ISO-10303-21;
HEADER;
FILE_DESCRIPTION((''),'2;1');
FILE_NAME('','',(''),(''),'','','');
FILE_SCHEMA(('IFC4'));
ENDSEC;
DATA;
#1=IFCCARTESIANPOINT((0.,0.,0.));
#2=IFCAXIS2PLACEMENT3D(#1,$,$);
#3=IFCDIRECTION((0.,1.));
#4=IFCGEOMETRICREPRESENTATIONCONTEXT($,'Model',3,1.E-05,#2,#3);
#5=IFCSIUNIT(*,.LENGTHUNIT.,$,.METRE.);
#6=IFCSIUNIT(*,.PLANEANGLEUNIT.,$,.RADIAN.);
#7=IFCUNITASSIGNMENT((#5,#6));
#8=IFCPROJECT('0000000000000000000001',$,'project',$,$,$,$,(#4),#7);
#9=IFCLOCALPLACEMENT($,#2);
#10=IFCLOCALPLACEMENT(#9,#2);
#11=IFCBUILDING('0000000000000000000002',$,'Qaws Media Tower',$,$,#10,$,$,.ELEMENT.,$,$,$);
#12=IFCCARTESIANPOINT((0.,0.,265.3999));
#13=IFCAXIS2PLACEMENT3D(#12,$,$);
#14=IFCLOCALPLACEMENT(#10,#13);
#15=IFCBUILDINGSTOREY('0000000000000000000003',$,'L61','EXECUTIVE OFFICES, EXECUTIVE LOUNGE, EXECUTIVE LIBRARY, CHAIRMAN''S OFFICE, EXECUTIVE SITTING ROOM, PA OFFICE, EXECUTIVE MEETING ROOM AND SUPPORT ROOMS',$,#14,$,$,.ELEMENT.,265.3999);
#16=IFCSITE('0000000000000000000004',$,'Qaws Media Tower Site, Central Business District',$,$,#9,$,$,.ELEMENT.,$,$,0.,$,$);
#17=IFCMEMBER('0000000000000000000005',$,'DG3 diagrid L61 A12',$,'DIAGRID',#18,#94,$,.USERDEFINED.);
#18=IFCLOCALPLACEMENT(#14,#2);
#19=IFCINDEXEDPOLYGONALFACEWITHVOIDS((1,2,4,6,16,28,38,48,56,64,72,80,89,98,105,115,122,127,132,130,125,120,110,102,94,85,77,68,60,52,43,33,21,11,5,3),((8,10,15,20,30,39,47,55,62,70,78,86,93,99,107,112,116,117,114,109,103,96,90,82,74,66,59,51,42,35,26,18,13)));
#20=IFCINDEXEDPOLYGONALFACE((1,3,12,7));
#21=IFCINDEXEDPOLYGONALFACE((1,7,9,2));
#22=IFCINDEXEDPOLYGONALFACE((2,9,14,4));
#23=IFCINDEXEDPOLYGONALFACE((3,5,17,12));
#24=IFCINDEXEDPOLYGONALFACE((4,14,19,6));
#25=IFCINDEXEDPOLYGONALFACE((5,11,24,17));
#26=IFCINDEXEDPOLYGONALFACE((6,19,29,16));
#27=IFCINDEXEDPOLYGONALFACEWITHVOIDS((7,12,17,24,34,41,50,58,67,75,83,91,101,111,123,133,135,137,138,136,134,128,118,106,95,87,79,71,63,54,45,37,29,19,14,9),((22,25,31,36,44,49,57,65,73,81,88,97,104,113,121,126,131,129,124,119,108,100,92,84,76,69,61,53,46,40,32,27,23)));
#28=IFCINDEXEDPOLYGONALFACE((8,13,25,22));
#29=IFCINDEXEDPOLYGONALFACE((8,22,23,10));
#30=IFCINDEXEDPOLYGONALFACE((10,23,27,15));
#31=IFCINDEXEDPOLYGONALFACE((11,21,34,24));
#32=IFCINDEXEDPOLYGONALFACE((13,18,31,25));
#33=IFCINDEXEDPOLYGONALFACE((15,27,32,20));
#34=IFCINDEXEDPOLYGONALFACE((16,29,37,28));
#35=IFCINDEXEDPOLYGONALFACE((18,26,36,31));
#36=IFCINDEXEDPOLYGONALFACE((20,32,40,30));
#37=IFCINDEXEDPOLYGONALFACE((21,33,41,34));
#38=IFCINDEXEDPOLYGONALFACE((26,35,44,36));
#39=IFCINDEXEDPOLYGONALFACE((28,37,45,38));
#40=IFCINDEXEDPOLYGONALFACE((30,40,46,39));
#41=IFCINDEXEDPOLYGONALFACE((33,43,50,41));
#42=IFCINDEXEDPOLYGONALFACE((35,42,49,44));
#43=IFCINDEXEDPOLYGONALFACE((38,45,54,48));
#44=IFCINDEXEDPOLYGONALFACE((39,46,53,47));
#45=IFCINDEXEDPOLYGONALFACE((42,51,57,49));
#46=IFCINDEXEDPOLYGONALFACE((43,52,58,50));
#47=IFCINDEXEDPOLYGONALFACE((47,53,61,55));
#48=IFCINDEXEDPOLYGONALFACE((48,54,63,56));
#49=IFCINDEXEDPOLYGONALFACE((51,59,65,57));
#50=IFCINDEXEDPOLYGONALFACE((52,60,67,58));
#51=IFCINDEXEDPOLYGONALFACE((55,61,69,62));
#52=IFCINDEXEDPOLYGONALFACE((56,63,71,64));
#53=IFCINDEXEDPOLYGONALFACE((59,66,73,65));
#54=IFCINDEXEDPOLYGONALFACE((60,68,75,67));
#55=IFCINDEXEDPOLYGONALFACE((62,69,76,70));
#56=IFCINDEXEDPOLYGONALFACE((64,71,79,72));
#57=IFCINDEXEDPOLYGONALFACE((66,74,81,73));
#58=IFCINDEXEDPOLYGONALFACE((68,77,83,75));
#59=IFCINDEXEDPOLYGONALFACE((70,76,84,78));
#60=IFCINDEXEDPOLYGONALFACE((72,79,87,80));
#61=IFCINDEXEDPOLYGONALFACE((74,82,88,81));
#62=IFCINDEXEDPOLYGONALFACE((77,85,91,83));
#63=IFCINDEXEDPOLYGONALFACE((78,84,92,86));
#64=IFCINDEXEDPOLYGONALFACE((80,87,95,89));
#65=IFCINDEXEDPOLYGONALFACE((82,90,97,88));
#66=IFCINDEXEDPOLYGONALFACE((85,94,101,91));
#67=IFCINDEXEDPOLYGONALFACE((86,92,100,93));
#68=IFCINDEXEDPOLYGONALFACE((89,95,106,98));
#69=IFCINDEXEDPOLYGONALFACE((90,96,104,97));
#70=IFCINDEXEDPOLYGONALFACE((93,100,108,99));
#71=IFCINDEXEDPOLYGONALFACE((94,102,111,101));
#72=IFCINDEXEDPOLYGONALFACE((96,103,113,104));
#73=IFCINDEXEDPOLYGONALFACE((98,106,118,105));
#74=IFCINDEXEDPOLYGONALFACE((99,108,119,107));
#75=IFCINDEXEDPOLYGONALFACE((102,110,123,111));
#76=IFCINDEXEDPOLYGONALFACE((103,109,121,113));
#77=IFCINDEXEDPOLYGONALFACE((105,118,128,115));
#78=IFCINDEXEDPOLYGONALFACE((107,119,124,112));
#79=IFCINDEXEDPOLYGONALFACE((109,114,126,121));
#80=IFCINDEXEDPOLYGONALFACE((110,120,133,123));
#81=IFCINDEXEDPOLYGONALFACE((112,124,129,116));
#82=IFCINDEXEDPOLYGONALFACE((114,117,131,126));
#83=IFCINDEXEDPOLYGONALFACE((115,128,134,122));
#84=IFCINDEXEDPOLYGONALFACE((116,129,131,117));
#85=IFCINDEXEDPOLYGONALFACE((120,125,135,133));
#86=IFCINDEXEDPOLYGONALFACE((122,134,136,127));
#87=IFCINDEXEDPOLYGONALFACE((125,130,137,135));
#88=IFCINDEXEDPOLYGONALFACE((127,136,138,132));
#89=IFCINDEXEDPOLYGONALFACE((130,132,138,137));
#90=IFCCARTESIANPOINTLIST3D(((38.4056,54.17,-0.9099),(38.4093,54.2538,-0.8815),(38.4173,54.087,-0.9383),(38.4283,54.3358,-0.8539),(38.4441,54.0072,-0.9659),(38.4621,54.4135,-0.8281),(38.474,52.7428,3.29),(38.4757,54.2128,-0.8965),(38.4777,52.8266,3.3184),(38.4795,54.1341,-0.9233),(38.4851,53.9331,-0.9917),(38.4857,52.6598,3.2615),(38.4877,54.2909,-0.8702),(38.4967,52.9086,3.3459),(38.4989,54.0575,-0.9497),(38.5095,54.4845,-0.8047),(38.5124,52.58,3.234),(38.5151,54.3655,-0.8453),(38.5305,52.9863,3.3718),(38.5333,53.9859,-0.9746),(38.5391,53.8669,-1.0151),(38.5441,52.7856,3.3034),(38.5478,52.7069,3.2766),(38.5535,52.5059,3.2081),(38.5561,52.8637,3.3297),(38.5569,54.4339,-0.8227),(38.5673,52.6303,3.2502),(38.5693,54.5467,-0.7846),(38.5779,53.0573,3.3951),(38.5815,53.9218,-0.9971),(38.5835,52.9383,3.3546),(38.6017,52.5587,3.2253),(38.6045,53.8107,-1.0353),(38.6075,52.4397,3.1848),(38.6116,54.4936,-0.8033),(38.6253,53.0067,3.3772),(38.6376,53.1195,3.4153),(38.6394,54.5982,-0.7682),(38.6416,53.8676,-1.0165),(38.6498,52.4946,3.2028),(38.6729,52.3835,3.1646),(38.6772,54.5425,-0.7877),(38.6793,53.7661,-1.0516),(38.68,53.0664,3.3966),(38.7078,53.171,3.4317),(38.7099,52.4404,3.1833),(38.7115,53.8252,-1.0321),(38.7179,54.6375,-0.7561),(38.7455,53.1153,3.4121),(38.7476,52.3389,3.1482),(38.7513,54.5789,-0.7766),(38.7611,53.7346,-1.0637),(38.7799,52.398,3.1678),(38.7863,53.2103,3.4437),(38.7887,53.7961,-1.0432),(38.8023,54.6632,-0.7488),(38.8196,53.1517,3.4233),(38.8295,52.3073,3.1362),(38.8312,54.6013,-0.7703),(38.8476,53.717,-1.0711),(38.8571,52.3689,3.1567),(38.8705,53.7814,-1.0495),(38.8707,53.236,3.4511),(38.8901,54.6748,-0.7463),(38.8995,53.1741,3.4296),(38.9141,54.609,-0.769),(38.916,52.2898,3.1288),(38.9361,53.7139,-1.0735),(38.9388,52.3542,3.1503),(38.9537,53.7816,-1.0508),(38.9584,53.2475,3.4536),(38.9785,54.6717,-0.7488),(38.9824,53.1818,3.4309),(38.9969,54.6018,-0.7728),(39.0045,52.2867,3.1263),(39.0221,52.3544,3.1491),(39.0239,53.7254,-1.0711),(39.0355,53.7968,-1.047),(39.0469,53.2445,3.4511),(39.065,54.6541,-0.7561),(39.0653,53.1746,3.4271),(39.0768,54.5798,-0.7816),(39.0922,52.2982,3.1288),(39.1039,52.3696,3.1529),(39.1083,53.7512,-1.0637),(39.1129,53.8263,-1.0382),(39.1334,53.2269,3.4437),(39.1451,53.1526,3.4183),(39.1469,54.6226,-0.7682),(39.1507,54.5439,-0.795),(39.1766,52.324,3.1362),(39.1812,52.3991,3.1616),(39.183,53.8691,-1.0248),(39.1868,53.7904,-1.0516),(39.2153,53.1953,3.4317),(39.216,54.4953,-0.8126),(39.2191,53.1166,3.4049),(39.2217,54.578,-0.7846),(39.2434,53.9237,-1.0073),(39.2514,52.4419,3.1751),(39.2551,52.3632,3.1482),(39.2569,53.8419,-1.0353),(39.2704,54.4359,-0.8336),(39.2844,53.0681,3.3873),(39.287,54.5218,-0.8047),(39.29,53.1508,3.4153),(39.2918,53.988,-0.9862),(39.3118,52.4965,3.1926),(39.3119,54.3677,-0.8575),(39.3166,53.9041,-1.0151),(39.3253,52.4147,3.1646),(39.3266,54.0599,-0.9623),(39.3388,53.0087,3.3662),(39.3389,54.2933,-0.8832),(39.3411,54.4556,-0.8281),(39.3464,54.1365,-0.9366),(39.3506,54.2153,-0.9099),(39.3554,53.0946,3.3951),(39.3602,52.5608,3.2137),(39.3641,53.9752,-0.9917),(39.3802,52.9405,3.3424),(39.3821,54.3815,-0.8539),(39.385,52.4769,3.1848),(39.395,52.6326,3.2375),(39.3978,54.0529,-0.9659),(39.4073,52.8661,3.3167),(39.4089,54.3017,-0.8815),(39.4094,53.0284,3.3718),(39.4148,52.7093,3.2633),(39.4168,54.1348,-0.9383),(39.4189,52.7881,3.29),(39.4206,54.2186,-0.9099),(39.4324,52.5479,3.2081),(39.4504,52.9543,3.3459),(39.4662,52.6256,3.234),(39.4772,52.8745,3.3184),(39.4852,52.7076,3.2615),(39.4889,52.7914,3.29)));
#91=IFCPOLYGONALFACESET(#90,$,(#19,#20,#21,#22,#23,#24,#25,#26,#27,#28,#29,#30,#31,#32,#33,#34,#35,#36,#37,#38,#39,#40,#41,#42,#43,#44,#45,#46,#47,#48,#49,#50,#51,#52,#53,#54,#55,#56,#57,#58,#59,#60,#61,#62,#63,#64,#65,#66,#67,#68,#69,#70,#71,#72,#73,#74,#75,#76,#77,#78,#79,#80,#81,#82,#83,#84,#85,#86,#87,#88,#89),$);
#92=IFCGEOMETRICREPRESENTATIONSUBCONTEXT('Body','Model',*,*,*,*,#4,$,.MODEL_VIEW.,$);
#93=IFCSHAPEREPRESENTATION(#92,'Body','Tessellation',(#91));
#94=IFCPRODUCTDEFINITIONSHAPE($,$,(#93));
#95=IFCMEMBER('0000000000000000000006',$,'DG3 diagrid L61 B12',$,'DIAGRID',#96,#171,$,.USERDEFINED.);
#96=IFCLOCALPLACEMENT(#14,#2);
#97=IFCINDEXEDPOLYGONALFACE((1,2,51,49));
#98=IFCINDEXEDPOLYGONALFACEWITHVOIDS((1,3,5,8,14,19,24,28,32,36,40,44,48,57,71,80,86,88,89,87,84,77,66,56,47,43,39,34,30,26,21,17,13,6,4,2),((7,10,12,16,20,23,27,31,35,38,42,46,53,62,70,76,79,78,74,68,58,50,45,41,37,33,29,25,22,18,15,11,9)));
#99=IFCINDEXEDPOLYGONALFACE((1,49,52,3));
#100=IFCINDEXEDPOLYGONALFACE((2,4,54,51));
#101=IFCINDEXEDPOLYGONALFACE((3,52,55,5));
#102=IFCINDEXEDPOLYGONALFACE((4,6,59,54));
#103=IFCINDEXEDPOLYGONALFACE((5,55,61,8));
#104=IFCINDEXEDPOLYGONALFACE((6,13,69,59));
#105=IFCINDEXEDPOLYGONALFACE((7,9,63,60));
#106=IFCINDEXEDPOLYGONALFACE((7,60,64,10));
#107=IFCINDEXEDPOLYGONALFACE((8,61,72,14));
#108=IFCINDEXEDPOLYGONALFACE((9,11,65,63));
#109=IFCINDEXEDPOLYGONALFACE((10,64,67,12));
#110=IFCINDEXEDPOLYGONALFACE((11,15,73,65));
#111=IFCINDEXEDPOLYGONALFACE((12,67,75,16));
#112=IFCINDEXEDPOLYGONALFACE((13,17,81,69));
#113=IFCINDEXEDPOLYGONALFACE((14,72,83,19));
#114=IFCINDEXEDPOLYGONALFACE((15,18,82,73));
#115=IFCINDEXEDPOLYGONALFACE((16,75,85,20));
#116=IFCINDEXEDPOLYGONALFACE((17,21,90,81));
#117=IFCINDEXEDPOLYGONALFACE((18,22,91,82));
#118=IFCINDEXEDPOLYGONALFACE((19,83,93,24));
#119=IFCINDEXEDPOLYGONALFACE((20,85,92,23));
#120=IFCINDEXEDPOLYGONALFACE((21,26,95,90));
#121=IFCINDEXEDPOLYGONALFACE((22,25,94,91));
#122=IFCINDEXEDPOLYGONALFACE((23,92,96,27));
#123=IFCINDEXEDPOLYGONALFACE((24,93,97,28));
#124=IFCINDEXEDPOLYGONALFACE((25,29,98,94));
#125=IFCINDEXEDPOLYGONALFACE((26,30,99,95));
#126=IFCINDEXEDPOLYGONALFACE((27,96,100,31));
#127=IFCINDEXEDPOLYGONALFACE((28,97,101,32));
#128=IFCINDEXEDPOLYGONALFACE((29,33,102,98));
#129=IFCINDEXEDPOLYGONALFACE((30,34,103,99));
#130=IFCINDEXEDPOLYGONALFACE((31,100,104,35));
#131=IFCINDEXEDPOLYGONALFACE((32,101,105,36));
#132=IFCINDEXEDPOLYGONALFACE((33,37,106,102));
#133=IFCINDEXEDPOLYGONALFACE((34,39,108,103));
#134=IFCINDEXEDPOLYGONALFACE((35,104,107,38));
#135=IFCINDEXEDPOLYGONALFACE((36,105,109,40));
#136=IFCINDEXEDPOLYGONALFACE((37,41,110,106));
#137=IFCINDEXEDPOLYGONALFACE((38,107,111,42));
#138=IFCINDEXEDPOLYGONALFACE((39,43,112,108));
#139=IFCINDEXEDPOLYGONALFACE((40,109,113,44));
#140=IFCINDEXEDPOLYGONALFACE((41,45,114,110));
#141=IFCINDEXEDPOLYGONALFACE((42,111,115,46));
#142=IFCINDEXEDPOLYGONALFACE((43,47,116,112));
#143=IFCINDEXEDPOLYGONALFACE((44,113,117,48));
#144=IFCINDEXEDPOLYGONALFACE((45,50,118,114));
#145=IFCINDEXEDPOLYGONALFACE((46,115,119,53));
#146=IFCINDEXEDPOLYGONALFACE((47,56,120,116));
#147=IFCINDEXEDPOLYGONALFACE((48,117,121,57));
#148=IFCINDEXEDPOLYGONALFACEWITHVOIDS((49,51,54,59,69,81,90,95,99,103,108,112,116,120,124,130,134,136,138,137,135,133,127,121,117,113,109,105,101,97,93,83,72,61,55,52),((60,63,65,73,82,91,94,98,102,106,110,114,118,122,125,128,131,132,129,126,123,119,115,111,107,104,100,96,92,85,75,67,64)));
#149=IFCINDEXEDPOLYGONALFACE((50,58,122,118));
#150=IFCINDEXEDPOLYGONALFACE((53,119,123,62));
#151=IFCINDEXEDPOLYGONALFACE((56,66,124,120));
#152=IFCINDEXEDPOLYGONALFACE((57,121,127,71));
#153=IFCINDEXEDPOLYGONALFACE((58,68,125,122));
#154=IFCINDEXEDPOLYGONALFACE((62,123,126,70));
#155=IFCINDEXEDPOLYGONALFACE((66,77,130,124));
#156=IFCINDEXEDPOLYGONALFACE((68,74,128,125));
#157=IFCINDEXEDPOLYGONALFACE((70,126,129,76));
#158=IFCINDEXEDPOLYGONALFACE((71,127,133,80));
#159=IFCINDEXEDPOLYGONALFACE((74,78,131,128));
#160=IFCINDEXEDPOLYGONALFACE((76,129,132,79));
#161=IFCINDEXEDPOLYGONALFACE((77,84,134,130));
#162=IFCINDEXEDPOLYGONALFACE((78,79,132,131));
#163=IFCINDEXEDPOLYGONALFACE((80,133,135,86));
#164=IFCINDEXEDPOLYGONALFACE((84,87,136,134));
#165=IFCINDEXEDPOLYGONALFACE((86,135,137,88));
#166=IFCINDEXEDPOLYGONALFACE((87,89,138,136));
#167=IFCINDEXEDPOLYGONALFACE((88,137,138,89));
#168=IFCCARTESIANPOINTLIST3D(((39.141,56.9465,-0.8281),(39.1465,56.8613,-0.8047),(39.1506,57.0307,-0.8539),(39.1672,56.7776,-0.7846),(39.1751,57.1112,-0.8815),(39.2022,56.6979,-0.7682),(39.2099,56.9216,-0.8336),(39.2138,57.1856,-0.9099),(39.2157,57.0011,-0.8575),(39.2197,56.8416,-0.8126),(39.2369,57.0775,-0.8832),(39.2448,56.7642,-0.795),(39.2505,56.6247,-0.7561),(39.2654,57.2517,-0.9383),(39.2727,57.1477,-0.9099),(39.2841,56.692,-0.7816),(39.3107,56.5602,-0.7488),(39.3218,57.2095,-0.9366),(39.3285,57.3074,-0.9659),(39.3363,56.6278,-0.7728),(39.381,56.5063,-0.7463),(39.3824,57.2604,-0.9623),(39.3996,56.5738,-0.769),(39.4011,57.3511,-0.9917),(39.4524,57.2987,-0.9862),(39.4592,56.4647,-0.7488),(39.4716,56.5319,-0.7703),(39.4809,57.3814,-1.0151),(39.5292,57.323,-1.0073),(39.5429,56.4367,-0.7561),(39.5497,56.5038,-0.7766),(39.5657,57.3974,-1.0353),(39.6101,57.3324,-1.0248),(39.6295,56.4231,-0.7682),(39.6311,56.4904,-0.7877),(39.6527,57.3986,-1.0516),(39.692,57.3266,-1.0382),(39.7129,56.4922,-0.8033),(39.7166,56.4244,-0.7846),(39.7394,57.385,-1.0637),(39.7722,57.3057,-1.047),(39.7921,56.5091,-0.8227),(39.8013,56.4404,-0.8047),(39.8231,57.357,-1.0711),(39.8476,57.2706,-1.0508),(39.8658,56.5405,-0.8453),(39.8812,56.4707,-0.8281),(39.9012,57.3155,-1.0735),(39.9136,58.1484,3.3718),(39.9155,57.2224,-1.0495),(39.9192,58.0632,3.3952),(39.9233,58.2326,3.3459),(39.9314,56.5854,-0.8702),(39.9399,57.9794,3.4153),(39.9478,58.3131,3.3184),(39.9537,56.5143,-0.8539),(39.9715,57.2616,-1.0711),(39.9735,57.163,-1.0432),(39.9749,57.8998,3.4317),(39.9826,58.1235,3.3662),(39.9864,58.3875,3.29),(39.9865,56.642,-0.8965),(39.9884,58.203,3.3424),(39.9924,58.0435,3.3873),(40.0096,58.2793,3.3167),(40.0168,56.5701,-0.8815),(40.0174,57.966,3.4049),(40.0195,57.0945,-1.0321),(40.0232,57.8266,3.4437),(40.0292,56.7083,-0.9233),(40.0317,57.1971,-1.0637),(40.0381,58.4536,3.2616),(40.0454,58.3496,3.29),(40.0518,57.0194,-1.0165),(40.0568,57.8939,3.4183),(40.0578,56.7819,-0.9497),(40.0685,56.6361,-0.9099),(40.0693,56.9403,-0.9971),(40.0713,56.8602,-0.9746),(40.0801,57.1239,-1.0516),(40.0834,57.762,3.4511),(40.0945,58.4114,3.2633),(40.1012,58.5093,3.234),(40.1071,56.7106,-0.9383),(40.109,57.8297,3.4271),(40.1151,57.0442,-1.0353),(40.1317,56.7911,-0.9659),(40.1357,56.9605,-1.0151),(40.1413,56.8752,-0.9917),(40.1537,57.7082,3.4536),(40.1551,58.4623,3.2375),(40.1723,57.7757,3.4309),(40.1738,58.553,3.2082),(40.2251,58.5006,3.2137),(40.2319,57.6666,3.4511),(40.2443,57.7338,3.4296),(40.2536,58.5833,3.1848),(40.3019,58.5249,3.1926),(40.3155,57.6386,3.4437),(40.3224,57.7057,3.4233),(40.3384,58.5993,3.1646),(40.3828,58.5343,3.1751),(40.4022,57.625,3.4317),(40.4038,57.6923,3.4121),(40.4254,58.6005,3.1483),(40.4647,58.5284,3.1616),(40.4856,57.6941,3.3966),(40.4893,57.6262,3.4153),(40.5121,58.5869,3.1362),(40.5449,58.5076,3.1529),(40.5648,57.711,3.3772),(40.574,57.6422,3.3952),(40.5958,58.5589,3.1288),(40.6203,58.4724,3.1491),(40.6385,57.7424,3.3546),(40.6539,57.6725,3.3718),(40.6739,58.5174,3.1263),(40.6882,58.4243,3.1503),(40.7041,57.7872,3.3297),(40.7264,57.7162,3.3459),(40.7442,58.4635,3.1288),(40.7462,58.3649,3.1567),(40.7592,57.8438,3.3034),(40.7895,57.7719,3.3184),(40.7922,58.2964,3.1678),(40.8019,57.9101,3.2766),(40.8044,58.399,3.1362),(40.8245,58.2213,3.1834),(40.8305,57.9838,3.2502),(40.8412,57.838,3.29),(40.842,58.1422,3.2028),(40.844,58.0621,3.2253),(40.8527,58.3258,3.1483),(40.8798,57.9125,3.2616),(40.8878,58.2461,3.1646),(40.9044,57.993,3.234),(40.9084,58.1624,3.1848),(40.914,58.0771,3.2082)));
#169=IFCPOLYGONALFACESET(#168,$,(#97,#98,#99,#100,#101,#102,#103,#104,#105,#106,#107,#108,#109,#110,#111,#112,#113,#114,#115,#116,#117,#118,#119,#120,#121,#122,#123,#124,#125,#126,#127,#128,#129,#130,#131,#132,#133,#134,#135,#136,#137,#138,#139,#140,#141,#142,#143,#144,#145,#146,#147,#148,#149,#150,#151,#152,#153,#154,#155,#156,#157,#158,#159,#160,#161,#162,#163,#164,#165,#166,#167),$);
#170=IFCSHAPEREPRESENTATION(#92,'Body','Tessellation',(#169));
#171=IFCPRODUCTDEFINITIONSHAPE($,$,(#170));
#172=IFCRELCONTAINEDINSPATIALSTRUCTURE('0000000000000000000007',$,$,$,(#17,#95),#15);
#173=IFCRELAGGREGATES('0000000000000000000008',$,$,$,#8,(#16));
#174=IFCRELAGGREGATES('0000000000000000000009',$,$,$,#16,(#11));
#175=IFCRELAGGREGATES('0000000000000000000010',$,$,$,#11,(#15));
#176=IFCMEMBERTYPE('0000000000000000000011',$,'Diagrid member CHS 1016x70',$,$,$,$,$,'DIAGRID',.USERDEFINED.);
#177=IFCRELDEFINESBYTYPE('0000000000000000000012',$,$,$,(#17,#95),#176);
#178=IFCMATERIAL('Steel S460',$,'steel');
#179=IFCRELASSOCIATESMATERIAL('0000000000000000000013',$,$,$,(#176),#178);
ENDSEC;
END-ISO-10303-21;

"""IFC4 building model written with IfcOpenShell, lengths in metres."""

from ifc_helpers import new_model, si_unit, direction, frame, origin, origin_2d, place, context, subcontext, project, spatial, hollow_circle, extrude, material, material_profile, profile_set, type_object, element, save


model = new_model("IFC4")

# Units and contexts
model_context = context("Model", 3, precision=1e-05, world=origin(), true_north=direction((0.0, 1.0)))
body_context = subcontext(model_context, "Body", "Model", "MODEL_VIEW")
ifc_project = project(units=[si_unit("LENGTHUNIT", "METRE"), si_unit("PLANEANGLEUNIT", "RADIAN")], contexts=[model_context])

# Site, building, storey
site_placement = place(None, origin())
site = spatial("IfcSite", under=ifc_project, at=site_placement, Name="Qaws Media Tower Site, Central Business District", CompositionType="ELEMENT", RefElevation=0.0)
building_placement = place(site_placement, origin())
building = spatial("IfcBuilding", under=site, at=building_placement, Name="Qaws Media Tower", CompositionType="ELEMENT")
storey_placement = place(building_placement, frame((0.0, 0.0, 265.3999)))
storey = spatial("IfcBuildingStorey", under=building, at=storey_placement, Name="L61", Description="EXECUTIVE OFFICES, EXECUTIVE LOUNGE, EXECUTIVE LIBRARY, CHAIRMAN'S OFFICE, EXECUTIVE SITTING ROOM, PA OFFICE, EXECUTIVE MEETING ROOM AND SUPPORT ROOMS", CompositionType="ELEMENT", Elevation=265.3999)

# Members
ifc_material_1 = material(Name="Steel S460", Category="steel")
ifc_material_profile_1 = material_profile(ifc_material_1, hollow_circle(Radius=0.5081, WallThickness=0.0701, at=origin_2d()), Name="CHS 1016x70")
ifc_profile_set_1 = profile_set([ifc_material_profile_1], Name="Steel S460")
member_type_1 = type_object("IfcMemberType", Name="Diagrid member CHS 1016x70", ElementType="DIAGRID", PredefinedType="USERDEFINED", material=ifc_profile_set_1)
for number, where, z_axis, x_axis, name in (
    (1, (38.9131, 54.1943, -0.9099), (0.015409, -0.321716, 0.946711), (0.998855, 0.047841, 0.0), "DG3 diagrid L61 A12"),
    (2, (39.6411, 56.9109, -0.9099), (0.174176, 0.270922, 0.946712), (-0.841162, 0.540783, 0.0), "DG3 diagrid L61 B12"),
):
    element("IfcMember", number, at=place(storey_placement, frame(where, z_axis=z_axis, x_axis=x_axis)), inside=storey, type_object=member_type_1, Name=name, ObjectType="DIAGRID", PredefinedType="USERDEFINED", context=body_context, shape_type="SweptSolid", body=[
        extrude(hollow_circle(Radius=0.5081, WallThickness=0.0701, at=origin_2d()), origin(), (0.0, 0.0, 1.0), 4.4363),
    ])

save(model, "model.ifc")
